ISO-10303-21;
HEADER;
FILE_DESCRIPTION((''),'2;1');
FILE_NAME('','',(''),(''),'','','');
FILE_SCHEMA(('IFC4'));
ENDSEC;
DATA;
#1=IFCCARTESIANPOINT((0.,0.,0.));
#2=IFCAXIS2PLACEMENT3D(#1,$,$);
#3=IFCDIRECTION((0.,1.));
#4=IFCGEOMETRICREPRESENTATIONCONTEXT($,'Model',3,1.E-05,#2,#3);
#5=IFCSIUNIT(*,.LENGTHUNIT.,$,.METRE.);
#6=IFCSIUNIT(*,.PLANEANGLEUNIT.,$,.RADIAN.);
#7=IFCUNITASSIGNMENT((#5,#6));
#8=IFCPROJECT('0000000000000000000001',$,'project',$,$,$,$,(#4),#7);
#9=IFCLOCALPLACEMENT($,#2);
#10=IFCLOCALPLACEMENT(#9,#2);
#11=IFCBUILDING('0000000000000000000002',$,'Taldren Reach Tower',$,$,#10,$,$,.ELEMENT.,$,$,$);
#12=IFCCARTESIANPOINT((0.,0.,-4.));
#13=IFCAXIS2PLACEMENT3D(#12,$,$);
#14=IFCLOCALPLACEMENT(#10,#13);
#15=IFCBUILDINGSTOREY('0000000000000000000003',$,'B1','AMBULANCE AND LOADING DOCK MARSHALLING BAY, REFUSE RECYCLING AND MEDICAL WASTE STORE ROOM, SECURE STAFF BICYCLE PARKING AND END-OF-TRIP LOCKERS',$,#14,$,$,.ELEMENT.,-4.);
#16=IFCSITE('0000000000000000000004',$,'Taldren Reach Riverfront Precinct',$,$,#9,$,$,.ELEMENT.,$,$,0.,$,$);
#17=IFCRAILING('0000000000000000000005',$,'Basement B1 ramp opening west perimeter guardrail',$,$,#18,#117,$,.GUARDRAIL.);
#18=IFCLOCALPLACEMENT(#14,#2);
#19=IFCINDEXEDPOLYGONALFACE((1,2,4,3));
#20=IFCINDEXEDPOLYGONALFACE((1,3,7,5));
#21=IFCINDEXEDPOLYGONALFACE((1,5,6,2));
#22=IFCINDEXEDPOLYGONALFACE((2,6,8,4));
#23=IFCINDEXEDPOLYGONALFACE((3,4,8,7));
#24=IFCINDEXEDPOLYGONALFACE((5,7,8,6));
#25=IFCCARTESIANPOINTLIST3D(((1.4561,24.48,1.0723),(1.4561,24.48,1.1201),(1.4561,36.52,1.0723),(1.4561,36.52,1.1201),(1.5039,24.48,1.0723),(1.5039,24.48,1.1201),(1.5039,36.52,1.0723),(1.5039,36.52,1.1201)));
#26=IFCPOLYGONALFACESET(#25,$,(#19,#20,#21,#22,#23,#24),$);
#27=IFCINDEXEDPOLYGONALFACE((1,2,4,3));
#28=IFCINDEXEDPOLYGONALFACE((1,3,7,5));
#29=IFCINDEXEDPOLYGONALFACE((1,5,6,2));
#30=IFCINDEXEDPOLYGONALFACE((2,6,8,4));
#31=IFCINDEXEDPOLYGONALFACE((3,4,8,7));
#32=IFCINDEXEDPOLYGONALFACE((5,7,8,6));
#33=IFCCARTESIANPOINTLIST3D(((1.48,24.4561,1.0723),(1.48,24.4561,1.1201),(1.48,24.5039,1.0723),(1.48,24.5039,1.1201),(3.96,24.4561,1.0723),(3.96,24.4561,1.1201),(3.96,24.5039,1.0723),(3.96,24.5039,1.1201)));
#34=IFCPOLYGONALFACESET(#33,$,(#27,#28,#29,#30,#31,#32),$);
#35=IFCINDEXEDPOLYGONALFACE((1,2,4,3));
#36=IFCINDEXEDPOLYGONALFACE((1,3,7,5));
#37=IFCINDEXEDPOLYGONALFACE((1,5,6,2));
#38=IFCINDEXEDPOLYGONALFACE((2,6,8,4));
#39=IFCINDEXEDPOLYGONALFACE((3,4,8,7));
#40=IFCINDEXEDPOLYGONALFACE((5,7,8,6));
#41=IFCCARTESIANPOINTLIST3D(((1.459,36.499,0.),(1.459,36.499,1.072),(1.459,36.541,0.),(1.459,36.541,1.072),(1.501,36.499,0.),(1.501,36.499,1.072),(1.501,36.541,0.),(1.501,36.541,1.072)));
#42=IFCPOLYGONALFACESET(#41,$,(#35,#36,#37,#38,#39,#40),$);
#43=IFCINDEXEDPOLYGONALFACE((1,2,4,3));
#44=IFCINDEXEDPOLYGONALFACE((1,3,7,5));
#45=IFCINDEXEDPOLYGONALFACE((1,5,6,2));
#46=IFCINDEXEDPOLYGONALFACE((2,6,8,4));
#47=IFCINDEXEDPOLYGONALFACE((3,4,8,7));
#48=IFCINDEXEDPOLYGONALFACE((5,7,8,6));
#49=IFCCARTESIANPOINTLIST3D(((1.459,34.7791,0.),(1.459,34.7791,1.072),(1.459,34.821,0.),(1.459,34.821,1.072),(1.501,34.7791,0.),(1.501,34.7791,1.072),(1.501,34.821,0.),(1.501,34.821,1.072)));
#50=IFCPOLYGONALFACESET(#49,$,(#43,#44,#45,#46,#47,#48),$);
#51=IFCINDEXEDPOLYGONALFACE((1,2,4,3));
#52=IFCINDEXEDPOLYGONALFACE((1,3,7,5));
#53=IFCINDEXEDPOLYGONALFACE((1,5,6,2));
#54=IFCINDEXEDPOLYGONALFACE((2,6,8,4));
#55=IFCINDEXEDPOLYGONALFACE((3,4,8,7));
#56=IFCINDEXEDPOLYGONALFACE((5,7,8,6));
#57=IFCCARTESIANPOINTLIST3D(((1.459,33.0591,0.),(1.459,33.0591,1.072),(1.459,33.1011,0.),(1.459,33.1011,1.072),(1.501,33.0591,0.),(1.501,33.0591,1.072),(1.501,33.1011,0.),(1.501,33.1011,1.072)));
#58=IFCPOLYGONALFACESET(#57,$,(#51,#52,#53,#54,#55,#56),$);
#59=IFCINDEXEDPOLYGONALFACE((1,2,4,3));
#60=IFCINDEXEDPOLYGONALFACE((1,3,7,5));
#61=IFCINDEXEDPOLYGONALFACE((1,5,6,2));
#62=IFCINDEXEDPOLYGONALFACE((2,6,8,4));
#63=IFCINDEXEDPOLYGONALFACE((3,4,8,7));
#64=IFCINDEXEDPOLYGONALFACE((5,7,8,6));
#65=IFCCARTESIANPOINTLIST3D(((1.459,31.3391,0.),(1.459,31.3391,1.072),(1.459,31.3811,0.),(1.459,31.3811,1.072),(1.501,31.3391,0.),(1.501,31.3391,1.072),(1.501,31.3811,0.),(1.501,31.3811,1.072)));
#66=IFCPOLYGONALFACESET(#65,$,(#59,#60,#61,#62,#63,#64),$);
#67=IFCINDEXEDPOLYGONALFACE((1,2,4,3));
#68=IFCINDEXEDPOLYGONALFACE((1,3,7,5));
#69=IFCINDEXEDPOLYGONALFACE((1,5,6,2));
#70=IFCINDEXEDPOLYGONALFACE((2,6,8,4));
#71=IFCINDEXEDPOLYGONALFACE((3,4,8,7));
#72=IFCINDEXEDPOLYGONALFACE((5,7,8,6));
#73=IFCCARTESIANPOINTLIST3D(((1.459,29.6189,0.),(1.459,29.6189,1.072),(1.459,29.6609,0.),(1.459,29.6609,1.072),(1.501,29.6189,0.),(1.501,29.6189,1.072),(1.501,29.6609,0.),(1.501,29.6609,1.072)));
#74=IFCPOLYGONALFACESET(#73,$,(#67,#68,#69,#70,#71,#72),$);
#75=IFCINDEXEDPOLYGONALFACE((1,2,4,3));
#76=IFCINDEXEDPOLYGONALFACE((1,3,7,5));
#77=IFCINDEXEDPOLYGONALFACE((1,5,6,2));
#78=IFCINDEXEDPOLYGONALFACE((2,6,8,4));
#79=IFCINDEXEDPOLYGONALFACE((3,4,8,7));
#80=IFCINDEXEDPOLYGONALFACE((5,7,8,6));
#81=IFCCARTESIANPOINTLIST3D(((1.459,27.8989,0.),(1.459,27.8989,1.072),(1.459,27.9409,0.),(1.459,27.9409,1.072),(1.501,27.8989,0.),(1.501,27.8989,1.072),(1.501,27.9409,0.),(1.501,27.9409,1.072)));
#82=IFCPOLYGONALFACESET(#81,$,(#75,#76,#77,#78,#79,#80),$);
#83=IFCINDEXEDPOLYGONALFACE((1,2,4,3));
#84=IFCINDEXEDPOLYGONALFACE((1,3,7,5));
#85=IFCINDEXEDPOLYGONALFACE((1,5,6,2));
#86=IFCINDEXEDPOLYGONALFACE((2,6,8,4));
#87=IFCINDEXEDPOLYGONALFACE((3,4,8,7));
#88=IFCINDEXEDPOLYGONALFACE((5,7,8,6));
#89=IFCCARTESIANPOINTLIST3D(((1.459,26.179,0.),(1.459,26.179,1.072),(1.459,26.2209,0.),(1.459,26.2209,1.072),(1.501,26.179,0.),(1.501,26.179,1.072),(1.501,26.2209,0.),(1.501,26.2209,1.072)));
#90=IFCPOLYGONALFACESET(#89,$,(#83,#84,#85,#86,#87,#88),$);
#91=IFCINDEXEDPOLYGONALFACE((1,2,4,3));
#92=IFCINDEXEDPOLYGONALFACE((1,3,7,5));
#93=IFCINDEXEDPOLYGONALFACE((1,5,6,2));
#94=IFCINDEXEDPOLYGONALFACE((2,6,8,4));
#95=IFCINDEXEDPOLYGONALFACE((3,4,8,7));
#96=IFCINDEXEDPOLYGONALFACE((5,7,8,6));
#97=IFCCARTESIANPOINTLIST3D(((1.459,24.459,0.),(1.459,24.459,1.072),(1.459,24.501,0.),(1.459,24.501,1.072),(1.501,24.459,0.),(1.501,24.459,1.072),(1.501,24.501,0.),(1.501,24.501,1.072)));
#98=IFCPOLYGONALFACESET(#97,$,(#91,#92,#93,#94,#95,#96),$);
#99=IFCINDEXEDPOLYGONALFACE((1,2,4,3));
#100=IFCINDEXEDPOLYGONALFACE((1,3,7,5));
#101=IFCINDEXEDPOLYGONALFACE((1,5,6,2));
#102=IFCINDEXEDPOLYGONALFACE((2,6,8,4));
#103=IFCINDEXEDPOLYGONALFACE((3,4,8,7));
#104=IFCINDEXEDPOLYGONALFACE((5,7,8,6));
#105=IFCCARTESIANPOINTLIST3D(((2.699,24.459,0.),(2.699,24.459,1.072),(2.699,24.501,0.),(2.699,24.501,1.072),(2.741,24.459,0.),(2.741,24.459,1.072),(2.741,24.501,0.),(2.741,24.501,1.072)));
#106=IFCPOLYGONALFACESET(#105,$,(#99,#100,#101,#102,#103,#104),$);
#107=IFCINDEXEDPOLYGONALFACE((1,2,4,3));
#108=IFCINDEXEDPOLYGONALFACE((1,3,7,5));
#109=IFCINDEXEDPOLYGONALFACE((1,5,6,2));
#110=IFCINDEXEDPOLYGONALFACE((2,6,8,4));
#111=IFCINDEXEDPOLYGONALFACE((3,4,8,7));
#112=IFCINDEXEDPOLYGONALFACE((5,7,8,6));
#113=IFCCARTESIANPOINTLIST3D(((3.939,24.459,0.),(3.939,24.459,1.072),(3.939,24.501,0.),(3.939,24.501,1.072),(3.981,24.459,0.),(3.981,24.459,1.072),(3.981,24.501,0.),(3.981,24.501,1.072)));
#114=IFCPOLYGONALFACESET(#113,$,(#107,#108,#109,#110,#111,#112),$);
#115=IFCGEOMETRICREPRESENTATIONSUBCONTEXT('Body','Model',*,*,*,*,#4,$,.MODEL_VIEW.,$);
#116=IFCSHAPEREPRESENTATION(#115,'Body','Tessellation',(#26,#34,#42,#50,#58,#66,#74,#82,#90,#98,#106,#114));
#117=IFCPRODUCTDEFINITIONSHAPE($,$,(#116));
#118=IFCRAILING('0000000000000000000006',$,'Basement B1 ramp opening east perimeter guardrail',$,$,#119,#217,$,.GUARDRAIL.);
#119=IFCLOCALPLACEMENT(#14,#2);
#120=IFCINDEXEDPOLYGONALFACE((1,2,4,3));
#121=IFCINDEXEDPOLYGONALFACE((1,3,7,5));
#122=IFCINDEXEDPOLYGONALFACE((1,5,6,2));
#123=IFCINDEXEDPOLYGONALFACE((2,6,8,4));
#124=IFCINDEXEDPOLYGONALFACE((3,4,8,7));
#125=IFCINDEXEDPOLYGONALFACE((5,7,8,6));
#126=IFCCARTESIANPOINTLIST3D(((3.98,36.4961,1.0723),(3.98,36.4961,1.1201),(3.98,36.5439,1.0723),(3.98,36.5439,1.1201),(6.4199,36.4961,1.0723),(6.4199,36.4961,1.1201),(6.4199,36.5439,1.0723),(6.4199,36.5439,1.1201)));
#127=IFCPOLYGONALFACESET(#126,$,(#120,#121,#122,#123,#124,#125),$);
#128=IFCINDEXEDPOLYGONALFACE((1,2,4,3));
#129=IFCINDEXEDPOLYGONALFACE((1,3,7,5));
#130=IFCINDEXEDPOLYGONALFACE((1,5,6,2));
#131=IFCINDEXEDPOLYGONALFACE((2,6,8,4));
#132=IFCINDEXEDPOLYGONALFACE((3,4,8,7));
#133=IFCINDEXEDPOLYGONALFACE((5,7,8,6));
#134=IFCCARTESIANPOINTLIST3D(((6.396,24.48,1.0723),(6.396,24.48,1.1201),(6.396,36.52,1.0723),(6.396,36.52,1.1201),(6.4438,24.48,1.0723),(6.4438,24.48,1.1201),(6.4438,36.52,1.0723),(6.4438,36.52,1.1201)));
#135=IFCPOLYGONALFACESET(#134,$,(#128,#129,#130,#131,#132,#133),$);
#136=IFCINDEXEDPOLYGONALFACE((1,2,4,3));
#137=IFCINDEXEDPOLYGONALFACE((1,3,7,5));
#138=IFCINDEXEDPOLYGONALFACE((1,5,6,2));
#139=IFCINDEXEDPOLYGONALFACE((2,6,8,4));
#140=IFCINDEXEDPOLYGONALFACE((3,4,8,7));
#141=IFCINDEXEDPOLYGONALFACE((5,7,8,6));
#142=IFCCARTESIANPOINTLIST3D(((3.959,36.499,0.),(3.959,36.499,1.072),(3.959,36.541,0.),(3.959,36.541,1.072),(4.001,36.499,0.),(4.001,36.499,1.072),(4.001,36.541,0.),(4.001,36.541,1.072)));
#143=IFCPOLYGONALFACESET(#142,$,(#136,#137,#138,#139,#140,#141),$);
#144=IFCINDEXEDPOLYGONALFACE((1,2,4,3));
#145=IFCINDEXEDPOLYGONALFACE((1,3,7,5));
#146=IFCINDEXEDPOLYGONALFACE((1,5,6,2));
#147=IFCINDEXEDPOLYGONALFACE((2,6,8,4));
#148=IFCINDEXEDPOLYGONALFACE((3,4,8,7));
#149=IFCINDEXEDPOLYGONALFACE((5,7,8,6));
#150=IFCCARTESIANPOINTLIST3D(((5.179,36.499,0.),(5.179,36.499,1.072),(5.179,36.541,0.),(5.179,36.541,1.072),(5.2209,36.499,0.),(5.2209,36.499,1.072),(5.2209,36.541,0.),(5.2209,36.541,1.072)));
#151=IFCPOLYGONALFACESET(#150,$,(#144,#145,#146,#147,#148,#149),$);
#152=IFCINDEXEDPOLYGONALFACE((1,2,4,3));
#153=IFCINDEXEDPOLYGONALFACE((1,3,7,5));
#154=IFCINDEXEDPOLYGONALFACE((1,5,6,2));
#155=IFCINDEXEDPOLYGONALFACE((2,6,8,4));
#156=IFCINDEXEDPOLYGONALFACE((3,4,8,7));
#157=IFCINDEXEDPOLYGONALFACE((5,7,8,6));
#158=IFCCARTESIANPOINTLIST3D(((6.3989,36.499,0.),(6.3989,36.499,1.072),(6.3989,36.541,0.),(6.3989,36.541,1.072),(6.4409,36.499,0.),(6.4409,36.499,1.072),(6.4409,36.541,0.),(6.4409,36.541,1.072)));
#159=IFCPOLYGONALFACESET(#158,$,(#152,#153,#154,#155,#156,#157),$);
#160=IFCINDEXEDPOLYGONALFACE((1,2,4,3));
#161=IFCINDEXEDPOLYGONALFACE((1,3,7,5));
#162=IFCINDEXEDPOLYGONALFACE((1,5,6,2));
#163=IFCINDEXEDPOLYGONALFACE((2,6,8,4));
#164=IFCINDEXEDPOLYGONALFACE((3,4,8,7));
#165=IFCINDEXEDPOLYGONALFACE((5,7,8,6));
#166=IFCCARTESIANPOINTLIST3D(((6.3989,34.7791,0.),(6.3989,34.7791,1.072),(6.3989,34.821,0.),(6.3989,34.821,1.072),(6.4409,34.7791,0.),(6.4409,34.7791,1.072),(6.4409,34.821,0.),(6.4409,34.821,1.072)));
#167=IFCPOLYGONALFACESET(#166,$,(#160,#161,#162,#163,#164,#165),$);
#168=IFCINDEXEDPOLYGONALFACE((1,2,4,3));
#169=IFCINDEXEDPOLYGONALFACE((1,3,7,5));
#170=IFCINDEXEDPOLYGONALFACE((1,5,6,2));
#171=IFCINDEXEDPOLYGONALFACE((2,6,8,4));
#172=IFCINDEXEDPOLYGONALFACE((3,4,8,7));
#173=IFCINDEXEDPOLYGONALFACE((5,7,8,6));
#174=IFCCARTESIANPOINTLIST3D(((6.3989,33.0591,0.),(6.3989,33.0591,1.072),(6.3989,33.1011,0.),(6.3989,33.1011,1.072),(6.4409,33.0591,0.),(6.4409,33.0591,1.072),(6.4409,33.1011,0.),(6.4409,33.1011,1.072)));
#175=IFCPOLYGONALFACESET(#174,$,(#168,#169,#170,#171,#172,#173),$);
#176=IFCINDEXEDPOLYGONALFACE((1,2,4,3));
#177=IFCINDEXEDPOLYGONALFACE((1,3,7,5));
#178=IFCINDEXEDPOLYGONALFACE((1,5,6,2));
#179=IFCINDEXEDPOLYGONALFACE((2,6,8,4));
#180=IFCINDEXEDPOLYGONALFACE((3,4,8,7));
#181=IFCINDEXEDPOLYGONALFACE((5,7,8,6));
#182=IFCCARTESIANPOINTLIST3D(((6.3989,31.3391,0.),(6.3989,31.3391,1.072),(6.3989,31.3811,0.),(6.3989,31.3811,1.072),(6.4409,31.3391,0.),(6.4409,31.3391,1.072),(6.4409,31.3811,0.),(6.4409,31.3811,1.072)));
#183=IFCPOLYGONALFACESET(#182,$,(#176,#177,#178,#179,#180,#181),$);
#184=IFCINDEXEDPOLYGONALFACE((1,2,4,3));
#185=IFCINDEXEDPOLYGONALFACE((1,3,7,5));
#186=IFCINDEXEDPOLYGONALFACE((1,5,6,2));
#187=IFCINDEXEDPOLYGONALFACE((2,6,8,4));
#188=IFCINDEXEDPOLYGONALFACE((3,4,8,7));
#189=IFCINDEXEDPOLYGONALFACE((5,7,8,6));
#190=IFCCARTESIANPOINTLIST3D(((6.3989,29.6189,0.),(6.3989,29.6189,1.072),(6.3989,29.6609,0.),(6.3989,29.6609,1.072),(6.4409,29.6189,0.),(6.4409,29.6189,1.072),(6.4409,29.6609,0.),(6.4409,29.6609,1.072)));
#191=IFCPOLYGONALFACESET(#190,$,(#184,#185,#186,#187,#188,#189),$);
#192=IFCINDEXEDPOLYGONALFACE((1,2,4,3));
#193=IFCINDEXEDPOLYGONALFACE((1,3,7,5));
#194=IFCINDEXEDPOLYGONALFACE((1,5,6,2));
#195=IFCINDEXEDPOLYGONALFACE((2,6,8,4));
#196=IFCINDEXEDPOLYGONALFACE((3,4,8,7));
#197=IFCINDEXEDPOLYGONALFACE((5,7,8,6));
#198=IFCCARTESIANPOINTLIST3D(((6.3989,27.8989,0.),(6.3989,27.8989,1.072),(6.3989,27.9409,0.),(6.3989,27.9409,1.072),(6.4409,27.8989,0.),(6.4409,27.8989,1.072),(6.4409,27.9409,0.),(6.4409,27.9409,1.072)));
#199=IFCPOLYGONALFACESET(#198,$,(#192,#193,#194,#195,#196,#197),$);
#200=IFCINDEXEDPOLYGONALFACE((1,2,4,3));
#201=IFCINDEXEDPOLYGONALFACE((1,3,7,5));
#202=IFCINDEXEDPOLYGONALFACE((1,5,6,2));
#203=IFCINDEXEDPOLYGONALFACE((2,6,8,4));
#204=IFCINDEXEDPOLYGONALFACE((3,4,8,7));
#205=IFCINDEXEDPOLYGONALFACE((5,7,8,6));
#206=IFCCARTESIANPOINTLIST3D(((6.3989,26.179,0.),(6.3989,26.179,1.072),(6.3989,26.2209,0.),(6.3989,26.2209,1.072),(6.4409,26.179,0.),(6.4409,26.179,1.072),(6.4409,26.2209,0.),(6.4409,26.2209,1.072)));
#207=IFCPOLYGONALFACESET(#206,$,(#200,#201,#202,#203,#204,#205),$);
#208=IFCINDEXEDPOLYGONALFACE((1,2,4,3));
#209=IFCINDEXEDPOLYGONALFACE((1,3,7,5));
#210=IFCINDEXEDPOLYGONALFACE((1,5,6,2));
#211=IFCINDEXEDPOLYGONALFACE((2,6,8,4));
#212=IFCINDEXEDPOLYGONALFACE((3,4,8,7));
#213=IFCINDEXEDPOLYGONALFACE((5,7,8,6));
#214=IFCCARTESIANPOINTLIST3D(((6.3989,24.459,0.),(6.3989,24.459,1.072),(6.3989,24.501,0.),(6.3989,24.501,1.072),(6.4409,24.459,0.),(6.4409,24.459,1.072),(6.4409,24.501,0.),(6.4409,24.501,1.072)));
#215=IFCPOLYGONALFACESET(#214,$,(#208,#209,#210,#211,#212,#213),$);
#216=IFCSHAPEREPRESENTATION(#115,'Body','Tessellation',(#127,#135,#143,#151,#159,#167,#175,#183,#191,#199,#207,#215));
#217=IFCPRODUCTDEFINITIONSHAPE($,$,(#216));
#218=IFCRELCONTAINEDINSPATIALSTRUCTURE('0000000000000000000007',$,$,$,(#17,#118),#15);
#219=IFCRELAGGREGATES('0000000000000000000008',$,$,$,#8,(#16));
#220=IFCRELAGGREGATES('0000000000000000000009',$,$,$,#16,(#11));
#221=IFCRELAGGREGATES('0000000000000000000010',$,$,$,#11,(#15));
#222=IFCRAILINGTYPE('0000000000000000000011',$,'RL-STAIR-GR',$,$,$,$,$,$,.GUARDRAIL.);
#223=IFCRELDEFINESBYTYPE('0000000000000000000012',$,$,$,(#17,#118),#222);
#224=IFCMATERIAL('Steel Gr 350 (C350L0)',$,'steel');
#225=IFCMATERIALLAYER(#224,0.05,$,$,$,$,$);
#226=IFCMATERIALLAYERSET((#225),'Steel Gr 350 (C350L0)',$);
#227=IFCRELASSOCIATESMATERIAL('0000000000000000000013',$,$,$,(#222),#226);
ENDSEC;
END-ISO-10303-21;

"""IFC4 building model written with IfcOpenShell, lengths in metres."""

from ifc_helpers import new_model, si_unit, direction, frame, origin, origin_2d, place, context, subcontext, project, spatial, rectangle, extrude, material, layer, layer_set, type_object, element, save


model = new_model("IFC4")

# Units and contexts
model_context = context("Model", 3, precision=1e-05, world=origin(), true_north=direction((0.0, 1.0)))
body_context = subcontext(model_context, "Body", "Model", "MODEL_VIEW")
ifc_project = project(units=[si_unit("LENGTHUNIT", "METRE"), si_unit("PLANEANGLEUNIT", "RADIAN")], contexts=[model_context])

# Site, building, storey
site_placement = place(None, origin())
site = spatial("IfcSite", under=ifc_project, at=site_placement, Name="Taldren Reach Riverfront Precinct", CompositionType="ELEMENT", RefElevation=0.0)
building_placement = place(site_placement, origin())
building = spatial("IfcBuilding", under=site, at=building_placement, Name="Taldren Reach Tower", CompositionType="ELEMENT")
storey_placement = place(building_placement, frame((0.0, 0.0, -4.0)))
storey = spatial("IfcBuildingStorey", under=building, at=storey_placement, Name="B1", Description="AMBULANCE AND LOADING DOCK MARSHALLING BAY, REFUSE RECYCLING AND MEDICAL WASTE STORE ROOM, SECURE STAFF BICYCLE PARKING AND END-OF-TRIP LOCKERS", CompositionType="ELEMENT", Elevation=-4.0)

# Shared definitions
ifc_material_1 = material(Name="Steel Gr 350 (C350L0)", Category="steel")

# Railings
ifc_layer_1 = layer(ifc_material_1, 0.05)
ifc_layer_set_1 = layer_set([ifc_layer_1], Name="Steel Gr 350 (C350L0)")
railing_type = type_object("IfcRailingType", Name="RL-STAIR-GR", PredefinedType="GUARDRAIL", material=ifc_layer_set_1)
railing_1_placement = place(storey_placement, frame((1.48, 36.52, 0.0)))
element("IfcRailing", 1, at=railing_1_placement, inside=storey, type_object=railing_type, Name="Basement B1 ramp opening west perimeter guardrail", PredefinedType="GUARDRAIL", context=body_context, shape_type="SweptSolid", body=[
    extrude(rectangle(XDim=0.0479, YDim=0.0479, at=origin_2d()), frame((0.0, 0.0, 1.0962), z_axis=(0.0, -1.0, 0.0), x_axis=(1.0, 0.0, 0.0)), (0.0, 0.0, 1.0), 12.04),
    extrude(rectangle(XDim=0.0479, YDim=0.0479, at=origin_2d()), frame((0.0, -12.04, 1.0962), z_axis=(1.0, 0.0, 0.0), x_axis=(0.0, 1.0, 0.0)), (0.0, 0.0, 1.0), 2.48),
    extrude(rectangle(XDim=0.042, YDim=0.042, at=origin_2d()), origin(), (0.0, 0.0, 1.0), 1.072),
    extrude(rectangle(XDim=0.042, YDim=0.042, at=origin_2d()), frame((0.0, -1.72, 0.0)), (0.0, 0.0, 1.0), 1.072),
    extrude(rectangle(XDim=0.042, YDim=0.042, at=origin_2d()), frame((0.0, -3.4399, 0.0)), (0.0, 0.0, 1.0), 1.072),
    extrude(rectangle(XDim=0.042, YDim=0.042, at=origin_2d()), frame((0.0, -5.1599, 0.0)), (0.0, 0.0, 1.0), 1.072),
    extrude(rectangle(XDim=0.042, YDim=0.042, at=origin_2d()), frame((0.0, -6.8801, 0.0)), (0.0, 0.0, 1.0), 1.072),
    extrude(rectangle(XDim=0.042, YDim=0.042, at=origin_2d()), frame((0.0, -8.6001, 0.0)), (0.0, 0.0, 1.0), 1.072),
    extrude(rectangle(XDim=0.042, YDim=0.042, at=origin_2d()), frame((0.0, -10.3201, 0.0)), (0.0, 0.0, 1.0), 1.072),
    extrude(rectangle(XDim=0.042, YDim=0.042, at=origin_2d()), frame((0.0, -12.04, 0.0)), (0.0, 0.0, 1.0), 1.072),
    extrude(rectangle(XDim=0.042, YDim=0.042, at=origin_2d()), frame((1.24, -12.04, 0.0)), (0.0, 0.0, 1.0), 1.072),
    extrude(rectangle(XDim=0.042, YDim=0.042, at=origin_2d()), frame((2.48, -12.04, 0.0)), (0.0, 0.0, 1.0), 1.072),
])
railing_2_placement = place(storey_placement, frame((3.98, 36.52, 0.0)))
element("IfcRailing", 2, at=railing_2_placement, inside=storey, type_object=railing_type, Name="Basement B1 ramp opening east perimeter guardrail", PredefinedType="GUARDRAIL", context=body_context, shape_type="SweptSolid", body=[
    extrude(rectangle(XDim=0.0479, YDim=0.0479, at=origin_2d()), frame((0.0, 0.0, 1.0962), z_axis=(1.0, 0.0, 0.0), x_axis=(0.0, 1.0, 0.0)), (0.0, 0.0, 1.0), 2.4399),
    extrude(rectangle(XDim=0.0479, YDim=0.0479, at=origin_2d()), frame((2.4399, 0.0, 1.0962), z_axis=(0.0, -1.0, 0.0), x_axis=(1.0, 0.0, 0.0)), (0.0, 0.0, 1.0), 12.04),
    extrude(rectangle(XDim=0.042, YDim=0.042, at=origin_2d()), origin(), (0.0, 0.0, 1.0), 1.072),
    extrude(rectangle(XDim=0.042, YDim=0.042, at=origin_2d()), frame((1.22, 0.0, 0.0)), (0.0, 0.0, 1.0), 1.072),
    extrude(rectangle(XDim=0.042, YDim=0.042, at=origin_2d()), frame((2.4399, 0.0, 0.0)), (0.0, 0.0, 1.0), 1.072),
    extrude(rectangle(XDim=0.042, YDim=0.042, at=origin_2d()), frame((2.4399, -1.72, 0.0)), (0.0, 0.0, 1.0), 1.072),
    extrude(rectangle(XDim=0.042, YDim=0.042, at=origin_2d()), frame((2.4399, -3.4399, 0.0)), (0.0, 0.0, 1.0), 1.072),
    extrude(rectangle(XDim=0.042, YDim=0.042, at=origin_2d()), frame((2.4399, -5.1599, 0.0)), (0.0, 0.0, 1.0), 1.072),
    extrude(rectangle(XDim=0.042, YDim=0.042, at=origin_2d()), frame((2.4399, -6.8801, 0.0)), (0.0, 0.0, 1.0), 1.072),
    extrude(rectangle(XDim=0.042, YDim=0.042, at=origin_2d()), frame((2.4399, -8.6001, 0.0)), (0.0, 0.0, 1.0), 1.072),
    extrude(rectangle(XDim=0.042, YDim=0.042, at=origin_2d()), frame((2.4399, -10.3201, 0.0)), (0.0, 0.0, 1.0), 1.072),
    extrude(rectangle(XDim=0.042, YDim=0.042, at=origin_2d()), frame((2.4399, -12.04, 0.0)), (0.0, 0.0, 1.0), 1.072),
])

save(model, "model.ifc")
